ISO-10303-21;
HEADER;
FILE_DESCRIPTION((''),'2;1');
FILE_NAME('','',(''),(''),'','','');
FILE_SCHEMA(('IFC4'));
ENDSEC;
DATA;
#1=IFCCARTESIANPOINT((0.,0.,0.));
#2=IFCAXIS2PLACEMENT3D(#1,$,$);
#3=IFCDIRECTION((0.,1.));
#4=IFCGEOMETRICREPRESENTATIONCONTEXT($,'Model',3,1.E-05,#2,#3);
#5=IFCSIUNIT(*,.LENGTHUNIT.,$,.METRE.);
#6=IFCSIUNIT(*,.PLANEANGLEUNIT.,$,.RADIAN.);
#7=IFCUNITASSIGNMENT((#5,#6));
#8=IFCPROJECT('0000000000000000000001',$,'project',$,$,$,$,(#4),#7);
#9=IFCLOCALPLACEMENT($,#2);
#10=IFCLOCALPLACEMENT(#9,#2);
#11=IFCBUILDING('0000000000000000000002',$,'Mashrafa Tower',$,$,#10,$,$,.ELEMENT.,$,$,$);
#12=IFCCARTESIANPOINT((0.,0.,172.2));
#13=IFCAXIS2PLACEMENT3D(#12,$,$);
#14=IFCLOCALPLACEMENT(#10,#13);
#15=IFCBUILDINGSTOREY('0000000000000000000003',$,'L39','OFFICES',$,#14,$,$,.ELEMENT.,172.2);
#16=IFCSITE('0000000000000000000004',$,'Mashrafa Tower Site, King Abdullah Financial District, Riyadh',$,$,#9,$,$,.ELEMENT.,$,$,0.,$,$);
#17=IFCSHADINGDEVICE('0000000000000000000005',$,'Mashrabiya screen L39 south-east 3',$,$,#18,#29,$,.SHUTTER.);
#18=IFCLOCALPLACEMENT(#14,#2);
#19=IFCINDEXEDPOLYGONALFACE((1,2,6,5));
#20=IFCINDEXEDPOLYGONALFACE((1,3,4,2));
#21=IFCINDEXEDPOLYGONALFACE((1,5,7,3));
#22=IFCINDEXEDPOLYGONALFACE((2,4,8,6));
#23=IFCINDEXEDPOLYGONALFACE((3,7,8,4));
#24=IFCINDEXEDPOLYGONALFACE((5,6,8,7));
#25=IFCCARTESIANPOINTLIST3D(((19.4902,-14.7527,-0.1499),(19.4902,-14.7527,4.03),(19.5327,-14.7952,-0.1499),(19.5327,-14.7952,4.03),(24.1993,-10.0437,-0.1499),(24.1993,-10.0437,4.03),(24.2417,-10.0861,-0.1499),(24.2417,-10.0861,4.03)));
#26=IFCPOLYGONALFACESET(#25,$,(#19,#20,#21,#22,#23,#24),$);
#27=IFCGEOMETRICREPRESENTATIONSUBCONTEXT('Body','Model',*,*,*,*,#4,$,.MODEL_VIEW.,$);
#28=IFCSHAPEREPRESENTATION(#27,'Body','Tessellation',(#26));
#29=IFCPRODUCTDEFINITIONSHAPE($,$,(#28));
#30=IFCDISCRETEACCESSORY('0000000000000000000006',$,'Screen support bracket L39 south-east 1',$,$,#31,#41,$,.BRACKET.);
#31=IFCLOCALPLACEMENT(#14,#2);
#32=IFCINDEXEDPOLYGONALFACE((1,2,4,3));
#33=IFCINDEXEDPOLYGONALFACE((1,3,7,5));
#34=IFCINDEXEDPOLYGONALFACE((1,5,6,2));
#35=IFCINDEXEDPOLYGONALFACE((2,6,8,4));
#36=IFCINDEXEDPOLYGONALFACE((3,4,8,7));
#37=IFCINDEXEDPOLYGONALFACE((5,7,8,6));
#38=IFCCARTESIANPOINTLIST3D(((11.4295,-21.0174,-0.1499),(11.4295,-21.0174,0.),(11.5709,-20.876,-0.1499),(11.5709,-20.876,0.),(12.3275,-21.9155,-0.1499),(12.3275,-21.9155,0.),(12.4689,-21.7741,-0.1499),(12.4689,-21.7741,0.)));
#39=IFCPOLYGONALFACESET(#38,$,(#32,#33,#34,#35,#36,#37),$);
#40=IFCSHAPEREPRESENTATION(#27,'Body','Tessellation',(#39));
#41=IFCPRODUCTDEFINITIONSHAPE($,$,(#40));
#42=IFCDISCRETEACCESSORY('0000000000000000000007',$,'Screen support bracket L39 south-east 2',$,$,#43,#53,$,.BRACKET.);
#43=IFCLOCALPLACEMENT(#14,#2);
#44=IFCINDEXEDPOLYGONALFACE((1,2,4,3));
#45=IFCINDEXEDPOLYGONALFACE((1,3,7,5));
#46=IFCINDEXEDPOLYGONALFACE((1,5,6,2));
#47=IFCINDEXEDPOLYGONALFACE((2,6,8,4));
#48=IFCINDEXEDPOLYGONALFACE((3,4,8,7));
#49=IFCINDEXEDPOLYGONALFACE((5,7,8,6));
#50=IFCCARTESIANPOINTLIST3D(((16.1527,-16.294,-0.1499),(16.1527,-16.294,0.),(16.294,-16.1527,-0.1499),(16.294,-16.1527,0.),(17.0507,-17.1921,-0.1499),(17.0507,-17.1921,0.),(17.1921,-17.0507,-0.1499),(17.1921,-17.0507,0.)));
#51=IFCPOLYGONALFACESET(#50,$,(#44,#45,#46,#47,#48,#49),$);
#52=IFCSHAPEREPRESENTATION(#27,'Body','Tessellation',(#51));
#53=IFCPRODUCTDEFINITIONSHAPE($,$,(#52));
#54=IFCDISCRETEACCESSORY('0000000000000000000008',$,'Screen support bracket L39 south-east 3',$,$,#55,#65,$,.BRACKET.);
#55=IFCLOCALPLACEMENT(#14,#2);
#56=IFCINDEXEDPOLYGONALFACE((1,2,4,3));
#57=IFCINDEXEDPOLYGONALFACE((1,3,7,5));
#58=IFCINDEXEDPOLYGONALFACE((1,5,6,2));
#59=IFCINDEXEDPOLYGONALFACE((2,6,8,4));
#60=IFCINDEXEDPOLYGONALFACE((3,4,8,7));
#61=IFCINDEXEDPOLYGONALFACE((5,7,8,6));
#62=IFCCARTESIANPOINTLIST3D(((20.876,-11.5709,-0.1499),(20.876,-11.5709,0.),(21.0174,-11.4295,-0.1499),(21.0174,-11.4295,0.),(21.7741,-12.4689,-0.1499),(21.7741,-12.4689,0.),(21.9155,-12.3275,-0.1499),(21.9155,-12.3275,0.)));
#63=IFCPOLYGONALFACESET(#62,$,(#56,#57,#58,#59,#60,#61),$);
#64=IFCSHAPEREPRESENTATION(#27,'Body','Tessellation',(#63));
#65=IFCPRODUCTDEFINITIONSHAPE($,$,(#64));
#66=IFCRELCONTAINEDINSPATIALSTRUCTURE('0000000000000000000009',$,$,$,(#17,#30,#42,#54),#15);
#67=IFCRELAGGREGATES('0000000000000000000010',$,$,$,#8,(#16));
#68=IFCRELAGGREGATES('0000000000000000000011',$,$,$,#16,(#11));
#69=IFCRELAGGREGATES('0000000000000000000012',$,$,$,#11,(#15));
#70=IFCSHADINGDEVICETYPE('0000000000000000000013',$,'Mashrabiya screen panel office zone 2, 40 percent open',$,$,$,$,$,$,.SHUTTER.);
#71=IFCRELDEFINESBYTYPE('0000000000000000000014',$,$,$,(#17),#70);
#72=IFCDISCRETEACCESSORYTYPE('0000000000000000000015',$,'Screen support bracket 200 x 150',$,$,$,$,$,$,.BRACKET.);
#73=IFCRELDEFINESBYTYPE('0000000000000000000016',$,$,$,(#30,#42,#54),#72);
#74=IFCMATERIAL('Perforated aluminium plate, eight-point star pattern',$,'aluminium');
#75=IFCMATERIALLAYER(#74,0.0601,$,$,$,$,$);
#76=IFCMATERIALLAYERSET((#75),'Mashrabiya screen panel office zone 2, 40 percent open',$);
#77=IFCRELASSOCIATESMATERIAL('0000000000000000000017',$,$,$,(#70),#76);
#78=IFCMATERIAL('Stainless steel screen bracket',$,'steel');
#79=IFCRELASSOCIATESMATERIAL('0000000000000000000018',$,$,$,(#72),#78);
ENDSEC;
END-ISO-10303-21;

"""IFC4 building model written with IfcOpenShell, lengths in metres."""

from ifc_helpers import new_model, si_unit, direction, frame, origin, origin_2d, place, context, subcontext, project, spatial, rectangle, extrude, source, transform, mapped, material, layer, layer_set, type_object, type_shapes, element, save


model = new_model("IFC4")

# Units and contexts
model_context = context("Model", 3, precision=1e-05, world=origin(), true_north=direction((0.0, 1.0)))
body_context = subcontext(model_context, "Body", "Model", "MODEL_VIEW")
ifc_project = project(units=[si_unit("LENGTHUNIT", "METRE"), si_unit("PLANEANGLEUNIT", "RADIAN")], contexts=[model_context])

# Site, building, storey
site_placement = place(None, origin())
site = spatial("IfcSite", under=ifc_project, at=site_placement, Name="Mashrafa Tower Site, King Abdullah Financial District, Riyadh", CompositionType="ELEMENT", RefElevation=0.0)
building_placement = place(site_placement, origin())
building = spatial("IfcBuilding", under=site, at=building_placement, Name="Mashrafa Tower", CompositionType="ELEMENT")
storey_placement = place(building_placement, frame((0.0, 0.0, 172.2)))
storey = spatial("IfcBuildingStorey", under=building, at=storey_placement, Name="L39", Description="OFFICES", CompositionType="ELEMENT", Elevation=172.2)

# Shading device
ifc_material_1 = material(Name="Perforated aluminium plate, eight-point star pattern", Category="aluminium")
ifc_layer_1 = layer(ifc_material_1, 0.0601)
ifc_layer_set_1 = layer_set([ifc_layer_1], Name="Mashrabiya screen panel office zone 2, 40 percent open")
shading_device_type = type_object("IfcShadingDeviceType", Name="Mashrabiya screen panel office zone 2, 40 percent open", PredefinedType="SHUTTER", material=ifc_layer_set_1)
shared_shape_1 = source(origin(), body_context, "Body", "SweptSolid", [
    extrude(rectangle(XDim=6.6597, YDim=0.0601, at=origin_2d()), origin(), (0.0, 0.0, 1.0), 4.1799),
])
type_shapes(shading_device_type, [shared_shape_1])
for number, where, z_axis, x_axis, name in (
    (1, (21.866, -12.4194, -0.1499), (0.0, 0.0, 1.0), (0.707107, 0.707107, 0.0), "Mashrabiya screen L39 south-east 3"),
):
    element("IfcShadingDevice", number, at=place(storey_placement, frame(where, z_axis=z_axis, x_axis=x_axis)), inside=storey, type_object=shading_device_type, Name=name, PredefinedType="SHUTTER", context=body_context, shape_type="MappedRepresentation", body=[
        mapped(shared_shape_1, transform((0.0, 0.0, 0.0))),
    ])

# Discrete accessories
ifc_material_2 = material(Name="Stainless steel screen bracket", Category="steel")
discrete_accessory_type = type_object("IfcDiscreteAccessoryType", Name="Screen support bracket 200 x 150", PredefinedType="BRACKET", material=ifc_material_2)
shared_shape_2 = source(origin(), body_context, "Body", "SweptSolid", [
    extrude(rectangle(XDim=0.2, YDim=1.27, at=origin_2d()), origin(), (0.0, 0.0, 1.0), 0.1499),
])
type_shapes(discrete_accessory_type, [shared_shape_2])
for number, where, z_axis, x_axis, name in (
    (2, (11.9492, -21.3958, -0.1499), (0.0, 0.0, 1.0), (0.707107, 0.707107, 0.0), "Screen support bracket L39 south-east 1"),
    (3, (16.6724, -16.6724, -0.1499), (0.0, 0.0, 1.0), (0.707107, 0.707107, 0.0), "Screen support bracket L39 south-east 2"),
    (4, (21.3958, -11.9492, -0.1499), (0.0, 0.0, 1.0), (0.707107, 0.707107, 0.0), "Screen support bracket L39 south-east 3"),
):
    element("IfcDiscreteAccessory", number, at=place(storey_placement, frame(where, z_axis=z_axis, x_axis=x_axis)), inside=storey, type_object=discrete_accessory_type, Name=name, PredefinedType="BRACKET", context=body_context, shape_type="MappedRepresentation", body=[
        mapped(shared_shape_2, transform((0.0, 0.0, 0.0))),
    ])

save(model, "model.ifc")
